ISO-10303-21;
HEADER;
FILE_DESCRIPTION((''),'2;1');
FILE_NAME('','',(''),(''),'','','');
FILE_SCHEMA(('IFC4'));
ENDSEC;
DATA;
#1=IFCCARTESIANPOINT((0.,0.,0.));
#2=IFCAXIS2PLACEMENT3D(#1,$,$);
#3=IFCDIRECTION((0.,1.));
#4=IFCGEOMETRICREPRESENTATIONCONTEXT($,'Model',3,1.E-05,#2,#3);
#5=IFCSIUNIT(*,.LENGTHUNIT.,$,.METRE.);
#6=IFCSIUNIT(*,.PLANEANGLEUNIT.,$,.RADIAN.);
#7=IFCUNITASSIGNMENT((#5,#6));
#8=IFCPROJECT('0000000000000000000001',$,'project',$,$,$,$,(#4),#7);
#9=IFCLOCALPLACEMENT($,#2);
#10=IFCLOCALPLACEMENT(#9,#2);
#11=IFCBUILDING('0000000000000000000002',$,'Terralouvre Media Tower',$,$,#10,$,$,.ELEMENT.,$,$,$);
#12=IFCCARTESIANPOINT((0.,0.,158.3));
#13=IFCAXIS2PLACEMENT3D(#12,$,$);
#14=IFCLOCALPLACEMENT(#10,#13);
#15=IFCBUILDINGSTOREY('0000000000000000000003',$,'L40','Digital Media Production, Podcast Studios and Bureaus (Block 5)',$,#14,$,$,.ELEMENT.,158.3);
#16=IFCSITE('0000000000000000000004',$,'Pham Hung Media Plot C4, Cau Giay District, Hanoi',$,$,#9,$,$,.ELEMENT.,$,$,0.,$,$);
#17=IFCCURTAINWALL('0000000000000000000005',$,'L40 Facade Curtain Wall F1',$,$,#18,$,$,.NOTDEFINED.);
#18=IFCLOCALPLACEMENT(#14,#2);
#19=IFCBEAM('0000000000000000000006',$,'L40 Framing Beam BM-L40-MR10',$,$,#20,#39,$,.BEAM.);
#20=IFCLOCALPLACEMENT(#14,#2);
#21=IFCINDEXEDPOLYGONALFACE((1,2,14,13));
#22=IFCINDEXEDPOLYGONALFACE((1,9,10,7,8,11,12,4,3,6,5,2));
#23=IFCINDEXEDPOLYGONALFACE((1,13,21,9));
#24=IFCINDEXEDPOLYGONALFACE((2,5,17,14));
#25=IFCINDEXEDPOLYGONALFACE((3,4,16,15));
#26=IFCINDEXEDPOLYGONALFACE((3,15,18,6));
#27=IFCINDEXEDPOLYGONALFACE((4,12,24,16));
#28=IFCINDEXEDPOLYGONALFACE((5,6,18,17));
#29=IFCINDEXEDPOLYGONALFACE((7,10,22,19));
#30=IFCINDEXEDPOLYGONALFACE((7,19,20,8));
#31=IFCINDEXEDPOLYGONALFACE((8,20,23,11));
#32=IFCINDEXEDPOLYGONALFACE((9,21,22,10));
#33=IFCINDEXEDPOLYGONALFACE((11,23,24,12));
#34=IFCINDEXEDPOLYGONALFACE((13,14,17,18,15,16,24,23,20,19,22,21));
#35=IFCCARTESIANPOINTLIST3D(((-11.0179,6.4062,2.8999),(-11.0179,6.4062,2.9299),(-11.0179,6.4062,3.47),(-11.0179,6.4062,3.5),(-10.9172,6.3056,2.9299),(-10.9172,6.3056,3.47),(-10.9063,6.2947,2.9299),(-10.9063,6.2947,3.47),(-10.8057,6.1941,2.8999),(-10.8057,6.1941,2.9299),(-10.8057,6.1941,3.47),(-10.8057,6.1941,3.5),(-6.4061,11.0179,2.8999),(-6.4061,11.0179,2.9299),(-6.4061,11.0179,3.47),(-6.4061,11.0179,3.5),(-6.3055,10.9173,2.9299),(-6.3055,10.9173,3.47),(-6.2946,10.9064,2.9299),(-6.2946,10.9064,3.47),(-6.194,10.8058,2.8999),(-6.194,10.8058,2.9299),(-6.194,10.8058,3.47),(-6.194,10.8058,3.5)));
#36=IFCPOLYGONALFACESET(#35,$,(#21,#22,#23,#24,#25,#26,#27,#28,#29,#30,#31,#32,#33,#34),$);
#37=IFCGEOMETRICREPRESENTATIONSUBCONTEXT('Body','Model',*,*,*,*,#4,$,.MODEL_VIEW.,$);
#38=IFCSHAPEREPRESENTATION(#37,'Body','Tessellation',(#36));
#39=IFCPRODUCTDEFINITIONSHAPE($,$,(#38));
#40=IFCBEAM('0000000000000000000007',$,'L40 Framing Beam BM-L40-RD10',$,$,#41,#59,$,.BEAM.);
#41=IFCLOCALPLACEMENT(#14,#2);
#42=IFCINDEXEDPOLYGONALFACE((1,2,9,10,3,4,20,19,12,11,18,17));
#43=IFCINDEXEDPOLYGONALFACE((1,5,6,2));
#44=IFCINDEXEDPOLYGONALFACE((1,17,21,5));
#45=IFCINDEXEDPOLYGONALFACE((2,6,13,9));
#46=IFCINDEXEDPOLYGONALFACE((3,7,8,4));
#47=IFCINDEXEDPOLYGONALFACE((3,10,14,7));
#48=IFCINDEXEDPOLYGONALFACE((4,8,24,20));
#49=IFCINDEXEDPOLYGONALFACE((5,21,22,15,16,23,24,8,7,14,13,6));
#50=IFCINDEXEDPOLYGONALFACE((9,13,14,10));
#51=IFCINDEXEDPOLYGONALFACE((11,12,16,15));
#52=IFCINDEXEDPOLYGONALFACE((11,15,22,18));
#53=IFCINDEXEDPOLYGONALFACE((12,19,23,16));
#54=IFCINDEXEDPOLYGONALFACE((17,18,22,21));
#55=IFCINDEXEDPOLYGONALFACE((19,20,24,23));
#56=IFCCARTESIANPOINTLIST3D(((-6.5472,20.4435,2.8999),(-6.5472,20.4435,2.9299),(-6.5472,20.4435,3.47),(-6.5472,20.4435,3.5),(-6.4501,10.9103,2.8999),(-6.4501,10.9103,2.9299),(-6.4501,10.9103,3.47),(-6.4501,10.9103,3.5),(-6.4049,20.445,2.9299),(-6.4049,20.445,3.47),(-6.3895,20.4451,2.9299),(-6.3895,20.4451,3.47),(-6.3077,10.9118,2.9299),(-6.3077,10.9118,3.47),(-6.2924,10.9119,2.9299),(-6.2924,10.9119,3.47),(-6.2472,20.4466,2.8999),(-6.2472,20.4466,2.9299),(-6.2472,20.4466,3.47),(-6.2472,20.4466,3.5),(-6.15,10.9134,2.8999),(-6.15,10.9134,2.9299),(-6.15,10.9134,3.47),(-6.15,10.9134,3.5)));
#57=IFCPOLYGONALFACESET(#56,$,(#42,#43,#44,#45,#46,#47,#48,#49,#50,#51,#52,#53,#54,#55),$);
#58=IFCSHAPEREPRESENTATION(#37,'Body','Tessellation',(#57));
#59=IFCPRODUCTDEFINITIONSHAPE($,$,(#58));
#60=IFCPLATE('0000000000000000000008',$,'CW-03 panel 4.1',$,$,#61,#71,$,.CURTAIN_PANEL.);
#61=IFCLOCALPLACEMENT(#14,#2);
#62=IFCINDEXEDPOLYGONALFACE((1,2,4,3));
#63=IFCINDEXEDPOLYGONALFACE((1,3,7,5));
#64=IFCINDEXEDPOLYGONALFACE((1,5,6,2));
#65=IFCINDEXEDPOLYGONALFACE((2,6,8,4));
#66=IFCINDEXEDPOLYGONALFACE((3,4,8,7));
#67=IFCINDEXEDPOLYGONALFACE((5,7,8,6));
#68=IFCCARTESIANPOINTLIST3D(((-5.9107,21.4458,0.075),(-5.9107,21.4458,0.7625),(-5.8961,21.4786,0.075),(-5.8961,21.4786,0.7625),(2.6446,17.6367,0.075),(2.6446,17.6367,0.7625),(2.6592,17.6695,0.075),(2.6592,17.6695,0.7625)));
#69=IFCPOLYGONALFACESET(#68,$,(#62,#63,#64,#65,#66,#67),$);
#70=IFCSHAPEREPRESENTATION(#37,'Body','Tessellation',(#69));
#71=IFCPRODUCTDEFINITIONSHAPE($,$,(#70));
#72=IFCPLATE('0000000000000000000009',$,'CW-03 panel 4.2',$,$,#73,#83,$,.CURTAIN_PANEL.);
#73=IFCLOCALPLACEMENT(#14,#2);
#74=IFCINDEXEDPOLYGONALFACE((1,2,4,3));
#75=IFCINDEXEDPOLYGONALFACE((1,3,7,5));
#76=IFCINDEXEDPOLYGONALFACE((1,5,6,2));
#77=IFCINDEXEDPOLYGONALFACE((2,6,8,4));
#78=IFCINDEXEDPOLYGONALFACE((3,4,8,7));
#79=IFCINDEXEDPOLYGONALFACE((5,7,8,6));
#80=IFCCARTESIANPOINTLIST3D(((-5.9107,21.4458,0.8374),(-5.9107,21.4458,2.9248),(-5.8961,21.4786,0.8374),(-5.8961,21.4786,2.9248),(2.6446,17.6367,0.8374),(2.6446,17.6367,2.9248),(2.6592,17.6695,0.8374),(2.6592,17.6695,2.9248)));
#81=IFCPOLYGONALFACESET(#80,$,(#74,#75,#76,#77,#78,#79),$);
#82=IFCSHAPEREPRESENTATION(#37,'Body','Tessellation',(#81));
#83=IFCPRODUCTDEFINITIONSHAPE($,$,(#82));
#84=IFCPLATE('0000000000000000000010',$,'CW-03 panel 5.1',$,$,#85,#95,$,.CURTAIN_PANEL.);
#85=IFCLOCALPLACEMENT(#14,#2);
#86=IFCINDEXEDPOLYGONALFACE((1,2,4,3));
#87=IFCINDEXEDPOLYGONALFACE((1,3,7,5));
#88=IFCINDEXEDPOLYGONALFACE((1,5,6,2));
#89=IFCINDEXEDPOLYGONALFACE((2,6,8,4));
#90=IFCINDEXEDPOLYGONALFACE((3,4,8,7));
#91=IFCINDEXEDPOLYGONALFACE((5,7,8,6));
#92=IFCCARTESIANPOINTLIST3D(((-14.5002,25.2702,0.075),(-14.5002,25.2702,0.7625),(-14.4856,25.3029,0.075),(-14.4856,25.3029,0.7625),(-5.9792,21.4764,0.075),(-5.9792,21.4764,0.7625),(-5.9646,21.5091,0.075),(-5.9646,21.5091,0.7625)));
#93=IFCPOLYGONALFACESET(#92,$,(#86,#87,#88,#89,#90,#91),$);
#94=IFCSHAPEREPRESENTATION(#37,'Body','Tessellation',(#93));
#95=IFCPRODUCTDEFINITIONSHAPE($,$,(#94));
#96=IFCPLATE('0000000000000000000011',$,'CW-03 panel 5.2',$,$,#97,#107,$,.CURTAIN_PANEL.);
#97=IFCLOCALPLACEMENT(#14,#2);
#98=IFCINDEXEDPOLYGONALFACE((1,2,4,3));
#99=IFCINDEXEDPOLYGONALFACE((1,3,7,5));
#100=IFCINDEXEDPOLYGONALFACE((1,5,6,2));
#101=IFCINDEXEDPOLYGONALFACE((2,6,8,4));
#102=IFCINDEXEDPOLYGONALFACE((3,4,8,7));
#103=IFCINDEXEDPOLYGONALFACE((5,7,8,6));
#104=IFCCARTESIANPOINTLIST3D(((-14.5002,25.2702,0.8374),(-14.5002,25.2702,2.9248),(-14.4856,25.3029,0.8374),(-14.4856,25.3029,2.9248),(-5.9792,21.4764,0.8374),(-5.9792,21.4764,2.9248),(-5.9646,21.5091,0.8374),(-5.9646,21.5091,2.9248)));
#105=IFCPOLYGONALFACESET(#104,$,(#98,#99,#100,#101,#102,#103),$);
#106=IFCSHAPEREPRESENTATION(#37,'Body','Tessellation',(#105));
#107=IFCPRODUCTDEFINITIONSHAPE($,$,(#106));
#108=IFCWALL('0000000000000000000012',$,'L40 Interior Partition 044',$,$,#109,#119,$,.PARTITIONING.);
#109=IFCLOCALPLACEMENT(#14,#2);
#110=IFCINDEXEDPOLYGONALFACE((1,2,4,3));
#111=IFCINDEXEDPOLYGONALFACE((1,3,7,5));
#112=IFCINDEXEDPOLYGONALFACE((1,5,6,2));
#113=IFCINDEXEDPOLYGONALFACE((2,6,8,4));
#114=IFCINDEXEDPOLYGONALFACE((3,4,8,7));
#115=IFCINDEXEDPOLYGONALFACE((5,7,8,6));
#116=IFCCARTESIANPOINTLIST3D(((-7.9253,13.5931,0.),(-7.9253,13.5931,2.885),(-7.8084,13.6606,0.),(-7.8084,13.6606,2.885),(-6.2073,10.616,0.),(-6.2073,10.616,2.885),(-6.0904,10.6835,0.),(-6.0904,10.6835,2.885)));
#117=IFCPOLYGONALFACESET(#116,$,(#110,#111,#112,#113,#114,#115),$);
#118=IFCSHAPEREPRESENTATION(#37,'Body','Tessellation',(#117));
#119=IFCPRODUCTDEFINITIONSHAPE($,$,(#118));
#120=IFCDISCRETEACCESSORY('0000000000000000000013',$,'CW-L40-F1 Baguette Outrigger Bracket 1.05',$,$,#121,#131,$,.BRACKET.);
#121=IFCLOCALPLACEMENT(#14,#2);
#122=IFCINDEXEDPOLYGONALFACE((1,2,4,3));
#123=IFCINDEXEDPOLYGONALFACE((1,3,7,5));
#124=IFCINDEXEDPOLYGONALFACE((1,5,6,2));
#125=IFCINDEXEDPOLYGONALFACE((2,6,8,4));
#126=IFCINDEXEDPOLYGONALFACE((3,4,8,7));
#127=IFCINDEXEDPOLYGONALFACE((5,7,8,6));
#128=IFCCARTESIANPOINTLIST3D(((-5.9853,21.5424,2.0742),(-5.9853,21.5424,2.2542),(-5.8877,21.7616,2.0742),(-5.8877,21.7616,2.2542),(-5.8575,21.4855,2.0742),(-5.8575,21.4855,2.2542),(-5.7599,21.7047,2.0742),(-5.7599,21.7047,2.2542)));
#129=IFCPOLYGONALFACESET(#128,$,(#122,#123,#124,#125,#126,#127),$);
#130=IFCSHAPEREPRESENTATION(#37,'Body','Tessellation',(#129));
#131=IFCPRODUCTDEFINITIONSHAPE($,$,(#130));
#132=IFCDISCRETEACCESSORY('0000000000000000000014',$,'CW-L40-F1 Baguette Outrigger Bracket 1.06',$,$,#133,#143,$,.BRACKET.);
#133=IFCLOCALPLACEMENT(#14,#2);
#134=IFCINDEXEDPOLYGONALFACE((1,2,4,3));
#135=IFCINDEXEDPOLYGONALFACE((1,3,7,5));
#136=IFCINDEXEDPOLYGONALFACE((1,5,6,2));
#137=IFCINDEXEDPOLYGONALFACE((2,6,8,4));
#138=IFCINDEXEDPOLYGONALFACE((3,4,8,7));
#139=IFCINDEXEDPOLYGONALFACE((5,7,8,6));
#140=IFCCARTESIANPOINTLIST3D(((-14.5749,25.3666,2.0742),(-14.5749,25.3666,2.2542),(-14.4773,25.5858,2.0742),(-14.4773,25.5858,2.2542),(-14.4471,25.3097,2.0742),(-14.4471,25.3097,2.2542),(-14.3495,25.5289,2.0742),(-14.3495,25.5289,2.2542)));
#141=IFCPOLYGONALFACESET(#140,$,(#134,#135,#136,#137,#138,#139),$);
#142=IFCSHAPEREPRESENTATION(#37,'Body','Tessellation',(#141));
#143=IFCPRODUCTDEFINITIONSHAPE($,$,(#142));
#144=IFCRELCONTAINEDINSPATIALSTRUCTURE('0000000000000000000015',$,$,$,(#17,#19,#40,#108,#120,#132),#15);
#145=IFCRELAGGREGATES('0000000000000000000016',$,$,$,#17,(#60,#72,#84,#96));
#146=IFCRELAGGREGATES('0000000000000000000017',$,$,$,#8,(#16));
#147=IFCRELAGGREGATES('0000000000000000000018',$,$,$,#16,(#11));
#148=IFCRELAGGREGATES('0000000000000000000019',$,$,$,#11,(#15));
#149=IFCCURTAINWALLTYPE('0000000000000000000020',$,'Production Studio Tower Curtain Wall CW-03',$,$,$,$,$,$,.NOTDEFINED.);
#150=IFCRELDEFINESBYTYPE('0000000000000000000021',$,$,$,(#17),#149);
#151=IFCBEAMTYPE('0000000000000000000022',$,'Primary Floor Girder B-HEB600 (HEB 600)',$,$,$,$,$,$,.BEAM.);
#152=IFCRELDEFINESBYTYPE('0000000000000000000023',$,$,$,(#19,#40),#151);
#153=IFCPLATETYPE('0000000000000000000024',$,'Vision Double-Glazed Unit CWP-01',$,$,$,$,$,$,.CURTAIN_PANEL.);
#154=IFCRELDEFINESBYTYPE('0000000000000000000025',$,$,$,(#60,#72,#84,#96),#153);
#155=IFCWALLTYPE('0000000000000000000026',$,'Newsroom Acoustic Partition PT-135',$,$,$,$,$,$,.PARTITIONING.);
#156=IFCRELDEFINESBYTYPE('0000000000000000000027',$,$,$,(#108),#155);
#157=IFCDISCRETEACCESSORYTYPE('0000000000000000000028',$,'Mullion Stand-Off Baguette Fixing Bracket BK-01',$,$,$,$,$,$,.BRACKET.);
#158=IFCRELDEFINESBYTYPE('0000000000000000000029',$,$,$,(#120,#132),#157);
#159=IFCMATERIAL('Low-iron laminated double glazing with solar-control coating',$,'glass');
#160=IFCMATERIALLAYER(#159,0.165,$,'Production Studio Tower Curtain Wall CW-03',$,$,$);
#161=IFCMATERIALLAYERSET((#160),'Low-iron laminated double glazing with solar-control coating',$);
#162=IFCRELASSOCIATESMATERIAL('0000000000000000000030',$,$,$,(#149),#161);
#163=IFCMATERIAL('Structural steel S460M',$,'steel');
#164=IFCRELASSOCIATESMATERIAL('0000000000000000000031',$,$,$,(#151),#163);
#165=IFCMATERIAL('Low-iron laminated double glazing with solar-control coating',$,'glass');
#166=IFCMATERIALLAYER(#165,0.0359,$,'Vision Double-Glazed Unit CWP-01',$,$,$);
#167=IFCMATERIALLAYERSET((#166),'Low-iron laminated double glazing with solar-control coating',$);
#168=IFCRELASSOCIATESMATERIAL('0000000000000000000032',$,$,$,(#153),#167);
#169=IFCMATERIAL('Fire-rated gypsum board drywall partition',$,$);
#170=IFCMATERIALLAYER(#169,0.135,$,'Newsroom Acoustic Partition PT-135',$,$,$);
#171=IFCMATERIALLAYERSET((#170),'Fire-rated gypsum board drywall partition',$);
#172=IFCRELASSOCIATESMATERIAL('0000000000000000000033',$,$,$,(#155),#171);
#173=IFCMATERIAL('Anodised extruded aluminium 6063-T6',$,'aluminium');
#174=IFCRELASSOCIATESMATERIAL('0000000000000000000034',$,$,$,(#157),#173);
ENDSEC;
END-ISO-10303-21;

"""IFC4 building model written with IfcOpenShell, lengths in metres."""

from ifc_helpers import new_model, si_unit, direction, frame, frame_2d, origin, origin_2d, place, context, subcontext, project, spatial, rectangle, i_section, extrude, material, layer, layer_set, material_profile, profile_set, type_object, element, aggregate, save


model = new_model("IFC4")

# Units and contexts
model_context = context("Model", 3, precision=1e-05, world=origin(), true_north=direction((0.0, 1.0)))
body_context = subcontext(model_context, "Body", "Model", "MODEL_VIEW")
ifc_project = project(units=[si_unit("LENGTHUNIT", "METRE"), si_unit("PLANEANGLEUNIT", "RADIAN")], contexts=[model_context])

# Site, building, storey
site_placement = place(None, origin())
site = spatial("IfcSite", under=ifc_project, at=site_placement, Name="Pham Hung Media Plot C4, Cau Giay District, Hanoi", CompositionType="ELEMENT", RefElevation=0.0)
building_placement = place(site_placement, origin())
building = spatial("IfcBuilding", under=site, at=building_placement, Name="Terralouvre Media Tower", CompositionType="ELEMENT")
storey_placement = place(building_placement, frame((0.0, 0.0, 158.3)))
storey = spatial("IfcBuildingStorey", under=building, at=storey_placement, Name="L40", Description="Digital Media Production, Podcast Studios and Bureaus (Block 5)", CompositionType="ELEMENT", Elevation=158.3)

# Curtain wall
ifc_material_1 = material(Name="Low-iron laminated double glazing with solar-control coating", Category="glass")
ifc_layer_1 = layer(ifc_material_1, 0.165, Name="Production Studio Tower Curtain Wall CW-03")
ifc_layer_set_1 = layer_set([ifc_layer_1], Name="Low-iron laminated double glazing with solar-control coating")
curtain_wall_type_1 = type_object("IfcCurtainWallType", Name="Production Studio Tower Curtain Wall CW-03", PredefinedType="NOTDEFINED", material=ifc_layer_set_1)
curtain_wall_1_placement = place(storey_placement, origin())
curtain_wall_1 = element("IfcCurtainWall", 1, at=curtain_wall_1_placement, inside=storey, type_object=curtain_wall_type_1, Name="L40 Facade Curtain Wall F1", PredefinedType="NOTDEFINED")

# Beams
ifc_material_2 = material(Name="Structural steel S460M", Category="steel")
ifc_material_profile_1 = material_profile(ifc_material_2, i_section(OverallWidth=0.3, OverallDepth=0.6001, WebThickness=0.0154, FlangeThickness=0.03, at=origin_2d()), Name="HEB 600")
ifc_profile_set_1 = profile_set([ifc_material_profile_1], Name="Structural steel S460M")
beam_type_1 = type_object("IfcBeamType", Name="Primary Floor Girder B-HEB600 (HEB 600)", PredefinedType="BEAM", material=ifc_profile_set_1)
beam_1_placement = place(storey_placement, frame((-6.3, 10.9119, 3.2), z_axis=(-0.707107, -0.707107, 0.0), x_axis=(0.707107, -0.707107, 0.0)))
element("IfcBeam", 2, at=beam_1_placement, inside=storey, type_object=beam_type_1, Name="L40 Framing Beam BM-L40-MR10", PredefinedType="BEAM", context=body_context, shape_type="SweptSolid", body=[
    extrude(i_section(OverallWidth=0.3, OverallDepth=0.6001, WebThickness=0.0154, FlangeThickness=0.03, at=origin_2d()), origin(), (0.0, 0.0, 1.0), 6.522),
])
beam_2_placement = place(storey_placement, frame((-6.3, 10.9119, 3.2), z_axis=(-0.010192, 0.999948, 0.0), x_axis=(-0.999948, -0.010192, 0.0)))
element("IfcBeam", 3, at=beam_2_placement, inside=storey, type_object=beam_type_1, Name="L40 Framing Beam BM-L40-RD10", PredefinedType="BEAM", context=body_context, shape_type="SweptSolid", body=[
    extrude(i_section(OverallWidth=0.3, OverallDepth=0.6001, WebThickness=0.0154, FlangeThickness=0.03, at=origin_2d()), origin(), (0.0, 0.0, 1.0), 9.5337),
])

# Plates
ifc_material_3 = material(Name="Low-iron laminated double glazing with solar-control coating", Category="glass")
ifc_layer_2 = layer(ifc_material_3, 0.0359, Name="Vision Double-Glazed Unit CWP-01")
ifc_layer_set_2 = layer_set([ifc_layer_2], Name="Low-iron laminated double glazing with solar-control coating")
plate_type = type_object("IfcPlateType", Name="Vision Double-Glazed Unit CWP-01", PredefinedType="CURTAIN_PANEL", material=ifc_layer_set_2)
plate_1_placement = place(storey_placement, frame((-1.6257, 19.5576, 0.075), z_axis=(0.0, 0.0, 1.0), x_axis=(-0.913545, 0.406737, 0.0)))
plate_1 = element("IfcPlate", 4, at=plate_1_placement, type_object=plate_type, Name="CW-03 panel 4.1", PredefinedType="CURTAIN_PANEL", context=body_context, shape_type="SweptSolid", body=[
    extrude(rectangle(XDim=9.365, YDim=0.0359, at=origin_2d()), origin(), (0.0, 0.0, 1.0), 0.6875),
])
plate_2_placement = place(storey_placement, frame((-1.6257, 19.5576, 0.8374), z_axis=(0.0, 0.0, 1.0), x_axis=(-0.913545, 0.406737, 0.0)))
plate_2 = element("IfcPlate", 5, at=plate_2_placement, type_object=plate_type, Name="CW-03 panel 4.2", PredefinedType="CURTAIN_PANEL", context=body_context, shape_type="SweptSolid", body=[
    extrude(rectangle(XDim=9.365, YDim=0.0359, at=origin_2d()), origin(), (0.0, 0.0, 1.0), 2.0874),
])
plate_3_placement = place(storey_placement, frame((-10.2324, 23.3896, 0.075), z_axis=(0.0, 0.0, 1.0), x_axis=(-0.913545, 0.406737, 0.0)))
plate_3 = element("IfcPlate", 6, at=plate_3_placement, type_object=plate_type, Name="CW-03 panel 5.1", PredefinedType="CURTAIN_PANEL", context=body_context, shape_type="SweptSolid", body=[
    extrude(rectangle(XDim=9.3274, YDim=0.0359, at=origin_2d()), origin(), (0.0, 0.0, 1.0), 0.6875),
])
plate_4_placement = place(storey_placement, frame((-10.2324, 23.3896, 0.8374), z_axis=(0.0, 0.0, 1.0), x_axis=(-0.913545, 0.406737, 0.0)))
plate_4 = element("IfcPlate", 7, at=plate_4_placement, type_object=plate_type, Name="CW-03 panel 5.2", PredefinedType="CURTAIN_PANEL", context=body_context, shape_type="SweptSolid", body=[
    extrude(rectangle(XDim=9.3274, YDim=0.0359, at=origin_2d()), origin(), (0.0, 0.0, 1.0), 2.0874),
])
aggregate(curtain_wall_1, [plate_1, plate_2, plate_3, plate_4])

# Wall
ifc_material_4 = material(Name="Fire-rated gypsum board drywall partition")
ifc_layer_3 = layer(ifc_material_4, 0.135, Name="Newsroom Acoustic Partition PT-135")
ifc_layer_set_3 = layer_set([ifc_layer_3], Name="Fire-rated gypsum board drywall partition")
wall_type = type_object("IfcWallType", Name="Newsroom Acoustic Partition PT-135", PredefinedType="PARTITIONING", material=ifc_layer_set_3)
wall_placement = place(storey_placement, frame((-7.8669, 13.627, 0.0), z_axis=(0.0, 0.0, 1.0), x_axis=(0.499829, -0.866124, 0.0)))
element("IfcWall", 8, at=wall_placement, inside=storey, type_object=wall_type, Name="L40 Interior Partition 044", PredefinedType="PARTITIONING", context=body_context, shape_type="SweptSolid", body=[
    extrude(rectangle(XDim=3.4373, YDim=0.135, at=frame_2d((1.7188, 0.0))), origin(), (0.0, 0.0, 1.0), 2.885),
])

# Discrete accessories
ifc_material_5 = material(Name="Anodised extruded aluminium 6063-T6", Category="aluminium")
discrete_accessory_type = type_object("IfcDiscreteAccessoryType", Name="Mullion Stand-Off Baguette Fixing Bracket BK-01", PredefinedType="BRACKET", material=ifc_material_5)
for number, where, z_axis, x_axis, name in (
    (9, (-5.8726, 21.6235, 2.0742), (0.0, 0.0, 1.0), (-0.913545, 0.406737, 0.0), "CW-L40-F1 Baguette Outrigger Bracket 1.05"),
    (10, (-14.4622, 25.4478, 2.0742), (0.0, 0.0, 1.0), (-0.913545, 0.406737, 0.0), "CW-L40-F1 Baguette Outrigger Bracket 1.06"),
):
    element("IfcDiscreteAccessory", number, at=place(storey_placement, frame(where, z_axis=z_axis, x_axis=x_axis)), inside=storey, type_object=discrete_accessory_type, Name=name, PredefinedType="BRACKET", context=body_context, shape_type="SweptSolid", body=[
        extrude(rectangle(XDim=0.1399, YDim=0.24, at=origin_2d()), origin(), (0.0, 0.0, 1.0), 0.1799),
    ])

save(model, "model.ifc")
